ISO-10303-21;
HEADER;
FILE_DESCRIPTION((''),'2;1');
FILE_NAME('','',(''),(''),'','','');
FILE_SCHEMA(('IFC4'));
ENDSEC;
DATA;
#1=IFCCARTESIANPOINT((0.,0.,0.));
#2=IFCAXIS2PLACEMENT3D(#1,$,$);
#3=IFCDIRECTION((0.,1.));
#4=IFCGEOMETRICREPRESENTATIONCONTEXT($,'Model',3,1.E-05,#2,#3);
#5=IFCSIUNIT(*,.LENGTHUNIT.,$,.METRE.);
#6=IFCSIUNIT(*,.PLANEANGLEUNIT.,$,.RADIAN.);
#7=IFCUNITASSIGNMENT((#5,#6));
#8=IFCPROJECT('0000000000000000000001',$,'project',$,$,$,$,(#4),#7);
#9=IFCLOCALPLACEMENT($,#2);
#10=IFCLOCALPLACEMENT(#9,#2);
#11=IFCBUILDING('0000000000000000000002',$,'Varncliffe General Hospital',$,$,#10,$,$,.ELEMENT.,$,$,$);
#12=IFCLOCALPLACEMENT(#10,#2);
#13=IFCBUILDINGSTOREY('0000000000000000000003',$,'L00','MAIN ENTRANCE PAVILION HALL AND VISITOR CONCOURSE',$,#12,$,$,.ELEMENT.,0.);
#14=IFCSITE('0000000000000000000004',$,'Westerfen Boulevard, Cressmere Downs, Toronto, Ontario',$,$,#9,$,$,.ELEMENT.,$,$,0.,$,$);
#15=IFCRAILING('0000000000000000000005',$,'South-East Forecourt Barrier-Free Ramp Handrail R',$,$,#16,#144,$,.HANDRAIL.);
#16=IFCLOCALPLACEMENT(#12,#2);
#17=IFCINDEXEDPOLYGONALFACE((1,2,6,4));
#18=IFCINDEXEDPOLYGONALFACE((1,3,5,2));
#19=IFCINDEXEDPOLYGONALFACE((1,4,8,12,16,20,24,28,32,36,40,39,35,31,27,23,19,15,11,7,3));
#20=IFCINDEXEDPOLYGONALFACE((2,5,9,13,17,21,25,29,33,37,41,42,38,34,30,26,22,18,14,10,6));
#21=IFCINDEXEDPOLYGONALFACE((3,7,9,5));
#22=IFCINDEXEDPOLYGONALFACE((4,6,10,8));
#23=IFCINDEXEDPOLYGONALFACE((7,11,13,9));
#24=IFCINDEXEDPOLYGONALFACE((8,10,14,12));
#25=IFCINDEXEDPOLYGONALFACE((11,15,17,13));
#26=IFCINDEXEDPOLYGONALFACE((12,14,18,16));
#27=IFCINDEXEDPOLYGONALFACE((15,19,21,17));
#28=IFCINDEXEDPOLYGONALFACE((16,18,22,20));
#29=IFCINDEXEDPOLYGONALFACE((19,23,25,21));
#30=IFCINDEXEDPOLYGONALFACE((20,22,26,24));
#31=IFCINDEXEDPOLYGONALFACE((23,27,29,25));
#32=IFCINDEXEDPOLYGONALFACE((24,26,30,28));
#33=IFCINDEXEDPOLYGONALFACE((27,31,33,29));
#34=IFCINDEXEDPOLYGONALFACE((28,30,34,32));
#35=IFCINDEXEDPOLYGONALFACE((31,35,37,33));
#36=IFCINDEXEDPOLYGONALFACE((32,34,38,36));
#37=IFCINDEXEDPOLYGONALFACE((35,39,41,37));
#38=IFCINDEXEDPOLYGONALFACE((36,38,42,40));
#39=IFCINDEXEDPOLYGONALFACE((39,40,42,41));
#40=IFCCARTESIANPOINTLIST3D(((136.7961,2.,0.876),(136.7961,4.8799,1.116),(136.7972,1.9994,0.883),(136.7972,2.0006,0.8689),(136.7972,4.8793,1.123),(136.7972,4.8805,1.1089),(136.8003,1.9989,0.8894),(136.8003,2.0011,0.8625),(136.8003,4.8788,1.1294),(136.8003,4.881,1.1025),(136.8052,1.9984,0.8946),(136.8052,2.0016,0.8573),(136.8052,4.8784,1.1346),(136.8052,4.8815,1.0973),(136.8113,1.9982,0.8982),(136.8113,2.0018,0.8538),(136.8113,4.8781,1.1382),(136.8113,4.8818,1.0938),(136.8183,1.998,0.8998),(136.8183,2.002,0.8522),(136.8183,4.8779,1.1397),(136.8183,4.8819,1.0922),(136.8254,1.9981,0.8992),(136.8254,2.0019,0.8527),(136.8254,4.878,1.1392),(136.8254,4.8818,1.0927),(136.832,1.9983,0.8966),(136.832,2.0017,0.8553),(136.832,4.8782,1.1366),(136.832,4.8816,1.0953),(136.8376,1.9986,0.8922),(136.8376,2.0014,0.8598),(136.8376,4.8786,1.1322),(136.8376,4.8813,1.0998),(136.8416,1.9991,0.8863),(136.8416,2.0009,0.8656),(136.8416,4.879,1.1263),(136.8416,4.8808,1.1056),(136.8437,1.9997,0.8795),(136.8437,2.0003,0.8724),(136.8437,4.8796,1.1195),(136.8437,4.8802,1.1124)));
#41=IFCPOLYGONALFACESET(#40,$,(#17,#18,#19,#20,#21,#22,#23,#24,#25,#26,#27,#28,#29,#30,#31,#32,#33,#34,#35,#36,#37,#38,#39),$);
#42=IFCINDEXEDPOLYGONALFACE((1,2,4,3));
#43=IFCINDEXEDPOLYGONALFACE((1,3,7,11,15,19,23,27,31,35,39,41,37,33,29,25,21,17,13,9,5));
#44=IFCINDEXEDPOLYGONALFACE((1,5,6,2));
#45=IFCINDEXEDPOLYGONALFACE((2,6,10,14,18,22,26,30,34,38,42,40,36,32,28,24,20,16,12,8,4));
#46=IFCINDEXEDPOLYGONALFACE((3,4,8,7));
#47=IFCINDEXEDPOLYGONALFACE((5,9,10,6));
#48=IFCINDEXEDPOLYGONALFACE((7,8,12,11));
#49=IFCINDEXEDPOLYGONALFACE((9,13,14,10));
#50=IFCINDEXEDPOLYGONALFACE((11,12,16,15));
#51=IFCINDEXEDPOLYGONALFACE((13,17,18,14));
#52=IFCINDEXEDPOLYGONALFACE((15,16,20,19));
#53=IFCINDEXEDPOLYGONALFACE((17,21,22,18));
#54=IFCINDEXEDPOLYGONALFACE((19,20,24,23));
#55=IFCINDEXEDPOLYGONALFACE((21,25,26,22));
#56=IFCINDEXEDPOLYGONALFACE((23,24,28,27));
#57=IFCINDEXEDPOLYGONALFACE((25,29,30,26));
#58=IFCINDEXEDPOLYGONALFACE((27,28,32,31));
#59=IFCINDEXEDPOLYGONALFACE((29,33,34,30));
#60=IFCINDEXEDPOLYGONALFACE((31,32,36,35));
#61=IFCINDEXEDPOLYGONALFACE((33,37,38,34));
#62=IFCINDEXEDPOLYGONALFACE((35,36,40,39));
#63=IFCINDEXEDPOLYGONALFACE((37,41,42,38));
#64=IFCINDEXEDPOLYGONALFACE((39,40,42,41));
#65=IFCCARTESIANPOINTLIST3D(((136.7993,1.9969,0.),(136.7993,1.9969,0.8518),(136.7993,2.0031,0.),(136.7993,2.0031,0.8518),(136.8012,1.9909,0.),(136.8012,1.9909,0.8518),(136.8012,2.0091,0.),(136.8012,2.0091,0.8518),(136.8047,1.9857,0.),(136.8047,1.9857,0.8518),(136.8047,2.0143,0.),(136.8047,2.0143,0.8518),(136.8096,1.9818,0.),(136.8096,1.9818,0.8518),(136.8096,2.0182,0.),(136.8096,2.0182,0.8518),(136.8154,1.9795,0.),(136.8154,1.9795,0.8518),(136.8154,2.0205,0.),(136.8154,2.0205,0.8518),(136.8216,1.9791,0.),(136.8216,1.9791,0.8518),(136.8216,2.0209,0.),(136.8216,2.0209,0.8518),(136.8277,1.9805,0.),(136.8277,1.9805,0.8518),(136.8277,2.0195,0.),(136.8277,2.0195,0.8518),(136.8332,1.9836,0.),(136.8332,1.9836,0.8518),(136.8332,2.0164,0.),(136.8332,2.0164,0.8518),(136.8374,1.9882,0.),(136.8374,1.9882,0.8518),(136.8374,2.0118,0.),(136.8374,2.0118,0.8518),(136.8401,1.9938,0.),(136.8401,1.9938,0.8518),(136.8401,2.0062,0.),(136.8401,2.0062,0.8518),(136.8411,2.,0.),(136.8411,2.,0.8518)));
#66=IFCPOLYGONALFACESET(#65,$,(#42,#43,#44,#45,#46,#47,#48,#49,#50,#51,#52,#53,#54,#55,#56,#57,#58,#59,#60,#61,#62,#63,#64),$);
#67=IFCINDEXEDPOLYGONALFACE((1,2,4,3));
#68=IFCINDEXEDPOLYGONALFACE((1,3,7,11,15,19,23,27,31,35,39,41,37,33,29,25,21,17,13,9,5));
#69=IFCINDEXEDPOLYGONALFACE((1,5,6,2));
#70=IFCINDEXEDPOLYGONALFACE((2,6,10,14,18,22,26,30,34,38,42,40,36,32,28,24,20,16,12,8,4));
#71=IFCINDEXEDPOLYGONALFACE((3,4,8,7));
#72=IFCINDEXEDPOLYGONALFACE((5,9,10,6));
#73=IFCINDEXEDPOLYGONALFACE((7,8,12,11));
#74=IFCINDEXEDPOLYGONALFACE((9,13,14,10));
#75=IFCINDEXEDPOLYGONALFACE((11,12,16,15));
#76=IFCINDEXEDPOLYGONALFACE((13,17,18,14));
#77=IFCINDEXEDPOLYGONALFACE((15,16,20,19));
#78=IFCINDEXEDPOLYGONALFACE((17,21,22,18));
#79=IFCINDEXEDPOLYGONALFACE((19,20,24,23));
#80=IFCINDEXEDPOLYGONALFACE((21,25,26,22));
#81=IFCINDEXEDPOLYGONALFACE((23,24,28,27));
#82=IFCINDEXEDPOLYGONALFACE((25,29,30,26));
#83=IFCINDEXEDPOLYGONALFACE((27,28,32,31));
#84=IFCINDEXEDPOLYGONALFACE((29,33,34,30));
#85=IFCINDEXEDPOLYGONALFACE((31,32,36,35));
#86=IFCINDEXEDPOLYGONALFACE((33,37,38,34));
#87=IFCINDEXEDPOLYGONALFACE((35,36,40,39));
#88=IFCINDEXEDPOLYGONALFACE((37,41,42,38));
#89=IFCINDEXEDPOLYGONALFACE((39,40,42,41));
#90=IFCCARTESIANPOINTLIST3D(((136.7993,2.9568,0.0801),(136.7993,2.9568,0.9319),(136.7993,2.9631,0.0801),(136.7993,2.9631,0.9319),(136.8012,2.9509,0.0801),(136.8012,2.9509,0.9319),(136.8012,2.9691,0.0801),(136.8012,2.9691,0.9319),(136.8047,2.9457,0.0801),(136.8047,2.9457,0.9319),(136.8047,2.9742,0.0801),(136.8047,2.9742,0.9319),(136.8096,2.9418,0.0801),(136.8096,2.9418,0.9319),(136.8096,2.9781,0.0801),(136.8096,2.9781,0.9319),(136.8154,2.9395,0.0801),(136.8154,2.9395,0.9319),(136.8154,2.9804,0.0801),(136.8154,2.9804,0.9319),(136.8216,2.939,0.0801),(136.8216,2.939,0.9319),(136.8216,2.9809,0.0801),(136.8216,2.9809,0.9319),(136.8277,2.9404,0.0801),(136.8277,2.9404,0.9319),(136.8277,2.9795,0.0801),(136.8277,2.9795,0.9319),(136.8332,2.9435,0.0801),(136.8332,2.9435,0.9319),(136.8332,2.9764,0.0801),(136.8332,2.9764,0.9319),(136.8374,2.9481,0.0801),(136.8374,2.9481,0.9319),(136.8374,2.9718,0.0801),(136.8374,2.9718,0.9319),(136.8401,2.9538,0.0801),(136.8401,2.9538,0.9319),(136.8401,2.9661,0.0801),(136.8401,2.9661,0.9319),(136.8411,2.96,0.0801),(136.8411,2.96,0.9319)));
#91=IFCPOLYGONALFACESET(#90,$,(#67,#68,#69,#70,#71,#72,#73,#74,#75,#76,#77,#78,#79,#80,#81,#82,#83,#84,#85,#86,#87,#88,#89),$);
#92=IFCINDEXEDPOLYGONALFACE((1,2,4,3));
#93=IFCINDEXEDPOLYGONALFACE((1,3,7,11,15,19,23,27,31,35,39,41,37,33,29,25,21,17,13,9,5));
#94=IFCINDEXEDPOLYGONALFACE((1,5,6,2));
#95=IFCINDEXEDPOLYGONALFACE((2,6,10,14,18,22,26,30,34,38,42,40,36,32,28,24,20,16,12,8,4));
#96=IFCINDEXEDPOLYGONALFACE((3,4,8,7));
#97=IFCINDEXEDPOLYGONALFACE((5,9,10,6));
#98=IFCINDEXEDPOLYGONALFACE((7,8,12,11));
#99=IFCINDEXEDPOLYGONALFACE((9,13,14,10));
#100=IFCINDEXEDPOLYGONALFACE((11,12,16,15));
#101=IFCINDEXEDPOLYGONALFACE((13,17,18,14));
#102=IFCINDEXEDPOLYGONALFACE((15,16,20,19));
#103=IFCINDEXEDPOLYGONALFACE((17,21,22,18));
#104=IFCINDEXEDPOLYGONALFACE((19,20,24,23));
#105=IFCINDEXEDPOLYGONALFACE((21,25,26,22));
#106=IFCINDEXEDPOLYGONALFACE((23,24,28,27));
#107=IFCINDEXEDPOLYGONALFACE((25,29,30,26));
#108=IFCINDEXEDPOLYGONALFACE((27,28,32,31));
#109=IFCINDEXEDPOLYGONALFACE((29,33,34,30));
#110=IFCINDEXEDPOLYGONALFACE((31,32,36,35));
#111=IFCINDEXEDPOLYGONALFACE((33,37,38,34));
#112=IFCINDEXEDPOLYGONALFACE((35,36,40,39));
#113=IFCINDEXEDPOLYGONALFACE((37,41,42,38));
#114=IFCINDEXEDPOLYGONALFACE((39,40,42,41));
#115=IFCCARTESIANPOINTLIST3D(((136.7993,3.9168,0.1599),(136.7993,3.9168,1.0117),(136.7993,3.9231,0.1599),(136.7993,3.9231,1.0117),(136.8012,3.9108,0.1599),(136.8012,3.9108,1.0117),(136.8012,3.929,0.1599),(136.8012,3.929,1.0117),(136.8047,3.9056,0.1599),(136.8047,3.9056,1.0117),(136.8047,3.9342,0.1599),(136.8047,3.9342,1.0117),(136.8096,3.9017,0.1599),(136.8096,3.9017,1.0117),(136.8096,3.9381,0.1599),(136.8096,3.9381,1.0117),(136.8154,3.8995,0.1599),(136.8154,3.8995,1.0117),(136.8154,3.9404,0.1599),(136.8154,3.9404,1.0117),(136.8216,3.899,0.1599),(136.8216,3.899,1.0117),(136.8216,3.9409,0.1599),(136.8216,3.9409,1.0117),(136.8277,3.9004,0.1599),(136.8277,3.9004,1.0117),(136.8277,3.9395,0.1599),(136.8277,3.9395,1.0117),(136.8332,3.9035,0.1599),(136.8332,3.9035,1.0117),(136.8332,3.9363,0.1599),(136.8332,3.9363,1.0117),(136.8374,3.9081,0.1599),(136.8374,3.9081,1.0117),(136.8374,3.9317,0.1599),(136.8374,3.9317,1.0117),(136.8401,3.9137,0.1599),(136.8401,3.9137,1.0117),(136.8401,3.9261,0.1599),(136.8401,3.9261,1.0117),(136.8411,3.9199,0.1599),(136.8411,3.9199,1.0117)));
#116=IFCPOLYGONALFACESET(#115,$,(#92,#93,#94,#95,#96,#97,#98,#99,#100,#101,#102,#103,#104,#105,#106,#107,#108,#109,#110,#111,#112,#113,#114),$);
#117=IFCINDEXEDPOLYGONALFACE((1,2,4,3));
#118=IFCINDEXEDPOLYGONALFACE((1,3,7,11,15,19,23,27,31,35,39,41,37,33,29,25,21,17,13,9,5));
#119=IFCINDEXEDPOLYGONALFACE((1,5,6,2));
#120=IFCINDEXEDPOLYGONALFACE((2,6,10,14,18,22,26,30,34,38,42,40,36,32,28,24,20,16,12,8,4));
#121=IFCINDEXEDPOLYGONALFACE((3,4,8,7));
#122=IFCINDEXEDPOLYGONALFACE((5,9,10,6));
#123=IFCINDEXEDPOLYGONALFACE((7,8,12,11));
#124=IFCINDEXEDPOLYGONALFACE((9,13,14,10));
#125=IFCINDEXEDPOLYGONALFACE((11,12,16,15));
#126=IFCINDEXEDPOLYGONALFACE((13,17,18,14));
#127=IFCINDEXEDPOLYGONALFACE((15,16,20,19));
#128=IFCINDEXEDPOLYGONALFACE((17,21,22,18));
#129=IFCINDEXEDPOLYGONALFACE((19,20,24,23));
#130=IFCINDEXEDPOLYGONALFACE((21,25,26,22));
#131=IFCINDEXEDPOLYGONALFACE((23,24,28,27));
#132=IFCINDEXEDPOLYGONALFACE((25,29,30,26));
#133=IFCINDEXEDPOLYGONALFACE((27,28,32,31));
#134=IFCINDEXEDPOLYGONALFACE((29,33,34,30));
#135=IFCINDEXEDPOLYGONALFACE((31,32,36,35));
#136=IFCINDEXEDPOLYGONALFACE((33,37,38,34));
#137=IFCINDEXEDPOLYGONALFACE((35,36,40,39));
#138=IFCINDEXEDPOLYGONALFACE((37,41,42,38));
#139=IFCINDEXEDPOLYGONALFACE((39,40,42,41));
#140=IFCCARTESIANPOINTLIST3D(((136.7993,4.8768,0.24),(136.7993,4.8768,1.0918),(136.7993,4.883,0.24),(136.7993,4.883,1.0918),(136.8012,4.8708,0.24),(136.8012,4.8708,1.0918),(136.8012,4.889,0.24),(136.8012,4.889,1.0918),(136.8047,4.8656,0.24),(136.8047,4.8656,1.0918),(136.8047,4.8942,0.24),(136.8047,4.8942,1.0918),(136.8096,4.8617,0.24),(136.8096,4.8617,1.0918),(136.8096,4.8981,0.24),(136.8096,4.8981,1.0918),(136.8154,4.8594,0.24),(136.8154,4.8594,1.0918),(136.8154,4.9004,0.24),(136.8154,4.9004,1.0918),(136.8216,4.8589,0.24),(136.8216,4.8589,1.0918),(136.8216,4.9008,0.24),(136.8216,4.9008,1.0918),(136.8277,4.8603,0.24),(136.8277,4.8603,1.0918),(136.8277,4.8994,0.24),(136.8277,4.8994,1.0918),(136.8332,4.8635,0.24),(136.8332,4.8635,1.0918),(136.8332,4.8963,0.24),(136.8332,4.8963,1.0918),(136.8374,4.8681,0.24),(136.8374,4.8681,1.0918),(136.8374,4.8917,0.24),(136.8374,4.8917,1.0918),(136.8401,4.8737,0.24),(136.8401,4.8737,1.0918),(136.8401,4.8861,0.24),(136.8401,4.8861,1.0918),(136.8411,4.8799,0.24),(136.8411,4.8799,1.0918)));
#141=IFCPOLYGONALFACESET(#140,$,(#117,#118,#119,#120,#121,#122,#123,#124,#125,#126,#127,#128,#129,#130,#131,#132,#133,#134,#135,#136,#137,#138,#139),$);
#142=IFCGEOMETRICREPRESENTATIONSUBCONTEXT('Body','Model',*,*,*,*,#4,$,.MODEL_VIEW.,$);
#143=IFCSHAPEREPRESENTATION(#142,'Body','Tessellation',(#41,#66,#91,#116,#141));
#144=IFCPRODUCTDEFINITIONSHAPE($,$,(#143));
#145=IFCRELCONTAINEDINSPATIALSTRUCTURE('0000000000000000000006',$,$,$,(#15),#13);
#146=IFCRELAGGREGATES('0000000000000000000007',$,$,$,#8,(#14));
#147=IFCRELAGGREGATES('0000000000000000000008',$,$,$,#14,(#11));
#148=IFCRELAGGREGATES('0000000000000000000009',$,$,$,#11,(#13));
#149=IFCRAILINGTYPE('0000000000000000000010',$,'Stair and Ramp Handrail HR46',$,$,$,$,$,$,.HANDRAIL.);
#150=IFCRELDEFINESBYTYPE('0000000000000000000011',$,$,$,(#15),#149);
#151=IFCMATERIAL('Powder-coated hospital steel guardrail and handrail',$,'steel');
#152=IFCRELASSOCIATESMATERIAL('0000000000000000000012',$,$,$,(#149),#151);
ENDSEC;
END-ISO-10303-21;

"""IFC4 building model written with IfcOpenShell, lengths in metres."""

from ifc_helpers import new_model, si_unit, direction, frame, origin, origin_2d, place, context, subcontext, project, spatial, circle, extrude, material, type_object, element, save


model = new_model("IFC4")

# Units and contexts
model_context = context("Model", 3, precision=1e-05, world=origin(), true_north=direction((0.0, 1.0)))
body_context = subcontext(model_context, "Body", "Model", "MODEL_VIEW")
ifc_project = project(units=[si_unit("LENGTHUNIT", "METRE"), si_unit("PLANEANGLEUNIT", "RADIAN")], contexts=[model_context])

# Site, building, storey
site_placement = place(None, origin())
site = spatial("IfcSite", under=ifc_project, at=site_placement, Name="Westerfen Boulevard, Cressmere Downs, Toronto, Ontario", CompositionType="ELEMENT", RefElevation=0.0)
building_placement = place(site_placement, origin())
building = spatial("IfcBuilding", under=site, at=building_placement, Name="Varncliffe General Hospital", CompositionType="ELEMENT")
storey_placement = place(building_placement, origin())
storey = spatial("IfcBuildingStorey", under=building, at=storey_placement, Name="L00", Description="MAIN ENTRANCE PAVILION HALL AND VISITOR CONCOURSE", CompositionType="ELEMENT", Elevation=0.0)

# Railing
ifc_material_1 = material(Name="Powder-coated hospital steel guardrail and handrail", Category="steel")
railing_type = type_object("IfcRailingType", Name="Stair and Ramp Handrail HR46", PredefinedType="HANDRAIL", material=ifc_material_1)
for number, where, name in (
    (1, (136.8201, 2.0, 0.0), "South-East Forecourt Barrier-Free Ramp Handrail R"),
):
    element("IfcRailing", number, at=place(storey_placement, frame(where)), inside=storey, type_object=railing_type, Name=name, PredefinedType="HANDRAIL", context=body_context, shape_type="SweptSolid", body=[
        extrude(circle(Radius=0.0239, at=origin_2d()), frame((0.0, 0.0, 0.876), z_axis=(0.0, 0.996546, 0.083045), x_axis=(-1.0, 0.0, 0.0)), (0.0, 0.0, 1.0), 2.8899),
        extrude(circle(Radius=0.021, at=origin_2d()), origin(), (0.0, 0.0, 1.0), 0.8518),
        extrude(circle(Radius=0.021, at=origin_2d()), frame((0.0, 0.96, 0.0801)), (0.0, 0.0, 1.0), 0.8518),
        extrude(circle(Radius=0.021, at=origin_2d()), frame((0.0, 1.9199, 0.1599)), (0.0, 0.0, 1.0), 0.8518),
        extrude(circle(Radius=0.021, at=origin_2d()), frame((0.0, 2.8799, 0.24)), (0.0, 0.0, 1.0), 0.8518),
    ])

save(model, "model.ifc")
